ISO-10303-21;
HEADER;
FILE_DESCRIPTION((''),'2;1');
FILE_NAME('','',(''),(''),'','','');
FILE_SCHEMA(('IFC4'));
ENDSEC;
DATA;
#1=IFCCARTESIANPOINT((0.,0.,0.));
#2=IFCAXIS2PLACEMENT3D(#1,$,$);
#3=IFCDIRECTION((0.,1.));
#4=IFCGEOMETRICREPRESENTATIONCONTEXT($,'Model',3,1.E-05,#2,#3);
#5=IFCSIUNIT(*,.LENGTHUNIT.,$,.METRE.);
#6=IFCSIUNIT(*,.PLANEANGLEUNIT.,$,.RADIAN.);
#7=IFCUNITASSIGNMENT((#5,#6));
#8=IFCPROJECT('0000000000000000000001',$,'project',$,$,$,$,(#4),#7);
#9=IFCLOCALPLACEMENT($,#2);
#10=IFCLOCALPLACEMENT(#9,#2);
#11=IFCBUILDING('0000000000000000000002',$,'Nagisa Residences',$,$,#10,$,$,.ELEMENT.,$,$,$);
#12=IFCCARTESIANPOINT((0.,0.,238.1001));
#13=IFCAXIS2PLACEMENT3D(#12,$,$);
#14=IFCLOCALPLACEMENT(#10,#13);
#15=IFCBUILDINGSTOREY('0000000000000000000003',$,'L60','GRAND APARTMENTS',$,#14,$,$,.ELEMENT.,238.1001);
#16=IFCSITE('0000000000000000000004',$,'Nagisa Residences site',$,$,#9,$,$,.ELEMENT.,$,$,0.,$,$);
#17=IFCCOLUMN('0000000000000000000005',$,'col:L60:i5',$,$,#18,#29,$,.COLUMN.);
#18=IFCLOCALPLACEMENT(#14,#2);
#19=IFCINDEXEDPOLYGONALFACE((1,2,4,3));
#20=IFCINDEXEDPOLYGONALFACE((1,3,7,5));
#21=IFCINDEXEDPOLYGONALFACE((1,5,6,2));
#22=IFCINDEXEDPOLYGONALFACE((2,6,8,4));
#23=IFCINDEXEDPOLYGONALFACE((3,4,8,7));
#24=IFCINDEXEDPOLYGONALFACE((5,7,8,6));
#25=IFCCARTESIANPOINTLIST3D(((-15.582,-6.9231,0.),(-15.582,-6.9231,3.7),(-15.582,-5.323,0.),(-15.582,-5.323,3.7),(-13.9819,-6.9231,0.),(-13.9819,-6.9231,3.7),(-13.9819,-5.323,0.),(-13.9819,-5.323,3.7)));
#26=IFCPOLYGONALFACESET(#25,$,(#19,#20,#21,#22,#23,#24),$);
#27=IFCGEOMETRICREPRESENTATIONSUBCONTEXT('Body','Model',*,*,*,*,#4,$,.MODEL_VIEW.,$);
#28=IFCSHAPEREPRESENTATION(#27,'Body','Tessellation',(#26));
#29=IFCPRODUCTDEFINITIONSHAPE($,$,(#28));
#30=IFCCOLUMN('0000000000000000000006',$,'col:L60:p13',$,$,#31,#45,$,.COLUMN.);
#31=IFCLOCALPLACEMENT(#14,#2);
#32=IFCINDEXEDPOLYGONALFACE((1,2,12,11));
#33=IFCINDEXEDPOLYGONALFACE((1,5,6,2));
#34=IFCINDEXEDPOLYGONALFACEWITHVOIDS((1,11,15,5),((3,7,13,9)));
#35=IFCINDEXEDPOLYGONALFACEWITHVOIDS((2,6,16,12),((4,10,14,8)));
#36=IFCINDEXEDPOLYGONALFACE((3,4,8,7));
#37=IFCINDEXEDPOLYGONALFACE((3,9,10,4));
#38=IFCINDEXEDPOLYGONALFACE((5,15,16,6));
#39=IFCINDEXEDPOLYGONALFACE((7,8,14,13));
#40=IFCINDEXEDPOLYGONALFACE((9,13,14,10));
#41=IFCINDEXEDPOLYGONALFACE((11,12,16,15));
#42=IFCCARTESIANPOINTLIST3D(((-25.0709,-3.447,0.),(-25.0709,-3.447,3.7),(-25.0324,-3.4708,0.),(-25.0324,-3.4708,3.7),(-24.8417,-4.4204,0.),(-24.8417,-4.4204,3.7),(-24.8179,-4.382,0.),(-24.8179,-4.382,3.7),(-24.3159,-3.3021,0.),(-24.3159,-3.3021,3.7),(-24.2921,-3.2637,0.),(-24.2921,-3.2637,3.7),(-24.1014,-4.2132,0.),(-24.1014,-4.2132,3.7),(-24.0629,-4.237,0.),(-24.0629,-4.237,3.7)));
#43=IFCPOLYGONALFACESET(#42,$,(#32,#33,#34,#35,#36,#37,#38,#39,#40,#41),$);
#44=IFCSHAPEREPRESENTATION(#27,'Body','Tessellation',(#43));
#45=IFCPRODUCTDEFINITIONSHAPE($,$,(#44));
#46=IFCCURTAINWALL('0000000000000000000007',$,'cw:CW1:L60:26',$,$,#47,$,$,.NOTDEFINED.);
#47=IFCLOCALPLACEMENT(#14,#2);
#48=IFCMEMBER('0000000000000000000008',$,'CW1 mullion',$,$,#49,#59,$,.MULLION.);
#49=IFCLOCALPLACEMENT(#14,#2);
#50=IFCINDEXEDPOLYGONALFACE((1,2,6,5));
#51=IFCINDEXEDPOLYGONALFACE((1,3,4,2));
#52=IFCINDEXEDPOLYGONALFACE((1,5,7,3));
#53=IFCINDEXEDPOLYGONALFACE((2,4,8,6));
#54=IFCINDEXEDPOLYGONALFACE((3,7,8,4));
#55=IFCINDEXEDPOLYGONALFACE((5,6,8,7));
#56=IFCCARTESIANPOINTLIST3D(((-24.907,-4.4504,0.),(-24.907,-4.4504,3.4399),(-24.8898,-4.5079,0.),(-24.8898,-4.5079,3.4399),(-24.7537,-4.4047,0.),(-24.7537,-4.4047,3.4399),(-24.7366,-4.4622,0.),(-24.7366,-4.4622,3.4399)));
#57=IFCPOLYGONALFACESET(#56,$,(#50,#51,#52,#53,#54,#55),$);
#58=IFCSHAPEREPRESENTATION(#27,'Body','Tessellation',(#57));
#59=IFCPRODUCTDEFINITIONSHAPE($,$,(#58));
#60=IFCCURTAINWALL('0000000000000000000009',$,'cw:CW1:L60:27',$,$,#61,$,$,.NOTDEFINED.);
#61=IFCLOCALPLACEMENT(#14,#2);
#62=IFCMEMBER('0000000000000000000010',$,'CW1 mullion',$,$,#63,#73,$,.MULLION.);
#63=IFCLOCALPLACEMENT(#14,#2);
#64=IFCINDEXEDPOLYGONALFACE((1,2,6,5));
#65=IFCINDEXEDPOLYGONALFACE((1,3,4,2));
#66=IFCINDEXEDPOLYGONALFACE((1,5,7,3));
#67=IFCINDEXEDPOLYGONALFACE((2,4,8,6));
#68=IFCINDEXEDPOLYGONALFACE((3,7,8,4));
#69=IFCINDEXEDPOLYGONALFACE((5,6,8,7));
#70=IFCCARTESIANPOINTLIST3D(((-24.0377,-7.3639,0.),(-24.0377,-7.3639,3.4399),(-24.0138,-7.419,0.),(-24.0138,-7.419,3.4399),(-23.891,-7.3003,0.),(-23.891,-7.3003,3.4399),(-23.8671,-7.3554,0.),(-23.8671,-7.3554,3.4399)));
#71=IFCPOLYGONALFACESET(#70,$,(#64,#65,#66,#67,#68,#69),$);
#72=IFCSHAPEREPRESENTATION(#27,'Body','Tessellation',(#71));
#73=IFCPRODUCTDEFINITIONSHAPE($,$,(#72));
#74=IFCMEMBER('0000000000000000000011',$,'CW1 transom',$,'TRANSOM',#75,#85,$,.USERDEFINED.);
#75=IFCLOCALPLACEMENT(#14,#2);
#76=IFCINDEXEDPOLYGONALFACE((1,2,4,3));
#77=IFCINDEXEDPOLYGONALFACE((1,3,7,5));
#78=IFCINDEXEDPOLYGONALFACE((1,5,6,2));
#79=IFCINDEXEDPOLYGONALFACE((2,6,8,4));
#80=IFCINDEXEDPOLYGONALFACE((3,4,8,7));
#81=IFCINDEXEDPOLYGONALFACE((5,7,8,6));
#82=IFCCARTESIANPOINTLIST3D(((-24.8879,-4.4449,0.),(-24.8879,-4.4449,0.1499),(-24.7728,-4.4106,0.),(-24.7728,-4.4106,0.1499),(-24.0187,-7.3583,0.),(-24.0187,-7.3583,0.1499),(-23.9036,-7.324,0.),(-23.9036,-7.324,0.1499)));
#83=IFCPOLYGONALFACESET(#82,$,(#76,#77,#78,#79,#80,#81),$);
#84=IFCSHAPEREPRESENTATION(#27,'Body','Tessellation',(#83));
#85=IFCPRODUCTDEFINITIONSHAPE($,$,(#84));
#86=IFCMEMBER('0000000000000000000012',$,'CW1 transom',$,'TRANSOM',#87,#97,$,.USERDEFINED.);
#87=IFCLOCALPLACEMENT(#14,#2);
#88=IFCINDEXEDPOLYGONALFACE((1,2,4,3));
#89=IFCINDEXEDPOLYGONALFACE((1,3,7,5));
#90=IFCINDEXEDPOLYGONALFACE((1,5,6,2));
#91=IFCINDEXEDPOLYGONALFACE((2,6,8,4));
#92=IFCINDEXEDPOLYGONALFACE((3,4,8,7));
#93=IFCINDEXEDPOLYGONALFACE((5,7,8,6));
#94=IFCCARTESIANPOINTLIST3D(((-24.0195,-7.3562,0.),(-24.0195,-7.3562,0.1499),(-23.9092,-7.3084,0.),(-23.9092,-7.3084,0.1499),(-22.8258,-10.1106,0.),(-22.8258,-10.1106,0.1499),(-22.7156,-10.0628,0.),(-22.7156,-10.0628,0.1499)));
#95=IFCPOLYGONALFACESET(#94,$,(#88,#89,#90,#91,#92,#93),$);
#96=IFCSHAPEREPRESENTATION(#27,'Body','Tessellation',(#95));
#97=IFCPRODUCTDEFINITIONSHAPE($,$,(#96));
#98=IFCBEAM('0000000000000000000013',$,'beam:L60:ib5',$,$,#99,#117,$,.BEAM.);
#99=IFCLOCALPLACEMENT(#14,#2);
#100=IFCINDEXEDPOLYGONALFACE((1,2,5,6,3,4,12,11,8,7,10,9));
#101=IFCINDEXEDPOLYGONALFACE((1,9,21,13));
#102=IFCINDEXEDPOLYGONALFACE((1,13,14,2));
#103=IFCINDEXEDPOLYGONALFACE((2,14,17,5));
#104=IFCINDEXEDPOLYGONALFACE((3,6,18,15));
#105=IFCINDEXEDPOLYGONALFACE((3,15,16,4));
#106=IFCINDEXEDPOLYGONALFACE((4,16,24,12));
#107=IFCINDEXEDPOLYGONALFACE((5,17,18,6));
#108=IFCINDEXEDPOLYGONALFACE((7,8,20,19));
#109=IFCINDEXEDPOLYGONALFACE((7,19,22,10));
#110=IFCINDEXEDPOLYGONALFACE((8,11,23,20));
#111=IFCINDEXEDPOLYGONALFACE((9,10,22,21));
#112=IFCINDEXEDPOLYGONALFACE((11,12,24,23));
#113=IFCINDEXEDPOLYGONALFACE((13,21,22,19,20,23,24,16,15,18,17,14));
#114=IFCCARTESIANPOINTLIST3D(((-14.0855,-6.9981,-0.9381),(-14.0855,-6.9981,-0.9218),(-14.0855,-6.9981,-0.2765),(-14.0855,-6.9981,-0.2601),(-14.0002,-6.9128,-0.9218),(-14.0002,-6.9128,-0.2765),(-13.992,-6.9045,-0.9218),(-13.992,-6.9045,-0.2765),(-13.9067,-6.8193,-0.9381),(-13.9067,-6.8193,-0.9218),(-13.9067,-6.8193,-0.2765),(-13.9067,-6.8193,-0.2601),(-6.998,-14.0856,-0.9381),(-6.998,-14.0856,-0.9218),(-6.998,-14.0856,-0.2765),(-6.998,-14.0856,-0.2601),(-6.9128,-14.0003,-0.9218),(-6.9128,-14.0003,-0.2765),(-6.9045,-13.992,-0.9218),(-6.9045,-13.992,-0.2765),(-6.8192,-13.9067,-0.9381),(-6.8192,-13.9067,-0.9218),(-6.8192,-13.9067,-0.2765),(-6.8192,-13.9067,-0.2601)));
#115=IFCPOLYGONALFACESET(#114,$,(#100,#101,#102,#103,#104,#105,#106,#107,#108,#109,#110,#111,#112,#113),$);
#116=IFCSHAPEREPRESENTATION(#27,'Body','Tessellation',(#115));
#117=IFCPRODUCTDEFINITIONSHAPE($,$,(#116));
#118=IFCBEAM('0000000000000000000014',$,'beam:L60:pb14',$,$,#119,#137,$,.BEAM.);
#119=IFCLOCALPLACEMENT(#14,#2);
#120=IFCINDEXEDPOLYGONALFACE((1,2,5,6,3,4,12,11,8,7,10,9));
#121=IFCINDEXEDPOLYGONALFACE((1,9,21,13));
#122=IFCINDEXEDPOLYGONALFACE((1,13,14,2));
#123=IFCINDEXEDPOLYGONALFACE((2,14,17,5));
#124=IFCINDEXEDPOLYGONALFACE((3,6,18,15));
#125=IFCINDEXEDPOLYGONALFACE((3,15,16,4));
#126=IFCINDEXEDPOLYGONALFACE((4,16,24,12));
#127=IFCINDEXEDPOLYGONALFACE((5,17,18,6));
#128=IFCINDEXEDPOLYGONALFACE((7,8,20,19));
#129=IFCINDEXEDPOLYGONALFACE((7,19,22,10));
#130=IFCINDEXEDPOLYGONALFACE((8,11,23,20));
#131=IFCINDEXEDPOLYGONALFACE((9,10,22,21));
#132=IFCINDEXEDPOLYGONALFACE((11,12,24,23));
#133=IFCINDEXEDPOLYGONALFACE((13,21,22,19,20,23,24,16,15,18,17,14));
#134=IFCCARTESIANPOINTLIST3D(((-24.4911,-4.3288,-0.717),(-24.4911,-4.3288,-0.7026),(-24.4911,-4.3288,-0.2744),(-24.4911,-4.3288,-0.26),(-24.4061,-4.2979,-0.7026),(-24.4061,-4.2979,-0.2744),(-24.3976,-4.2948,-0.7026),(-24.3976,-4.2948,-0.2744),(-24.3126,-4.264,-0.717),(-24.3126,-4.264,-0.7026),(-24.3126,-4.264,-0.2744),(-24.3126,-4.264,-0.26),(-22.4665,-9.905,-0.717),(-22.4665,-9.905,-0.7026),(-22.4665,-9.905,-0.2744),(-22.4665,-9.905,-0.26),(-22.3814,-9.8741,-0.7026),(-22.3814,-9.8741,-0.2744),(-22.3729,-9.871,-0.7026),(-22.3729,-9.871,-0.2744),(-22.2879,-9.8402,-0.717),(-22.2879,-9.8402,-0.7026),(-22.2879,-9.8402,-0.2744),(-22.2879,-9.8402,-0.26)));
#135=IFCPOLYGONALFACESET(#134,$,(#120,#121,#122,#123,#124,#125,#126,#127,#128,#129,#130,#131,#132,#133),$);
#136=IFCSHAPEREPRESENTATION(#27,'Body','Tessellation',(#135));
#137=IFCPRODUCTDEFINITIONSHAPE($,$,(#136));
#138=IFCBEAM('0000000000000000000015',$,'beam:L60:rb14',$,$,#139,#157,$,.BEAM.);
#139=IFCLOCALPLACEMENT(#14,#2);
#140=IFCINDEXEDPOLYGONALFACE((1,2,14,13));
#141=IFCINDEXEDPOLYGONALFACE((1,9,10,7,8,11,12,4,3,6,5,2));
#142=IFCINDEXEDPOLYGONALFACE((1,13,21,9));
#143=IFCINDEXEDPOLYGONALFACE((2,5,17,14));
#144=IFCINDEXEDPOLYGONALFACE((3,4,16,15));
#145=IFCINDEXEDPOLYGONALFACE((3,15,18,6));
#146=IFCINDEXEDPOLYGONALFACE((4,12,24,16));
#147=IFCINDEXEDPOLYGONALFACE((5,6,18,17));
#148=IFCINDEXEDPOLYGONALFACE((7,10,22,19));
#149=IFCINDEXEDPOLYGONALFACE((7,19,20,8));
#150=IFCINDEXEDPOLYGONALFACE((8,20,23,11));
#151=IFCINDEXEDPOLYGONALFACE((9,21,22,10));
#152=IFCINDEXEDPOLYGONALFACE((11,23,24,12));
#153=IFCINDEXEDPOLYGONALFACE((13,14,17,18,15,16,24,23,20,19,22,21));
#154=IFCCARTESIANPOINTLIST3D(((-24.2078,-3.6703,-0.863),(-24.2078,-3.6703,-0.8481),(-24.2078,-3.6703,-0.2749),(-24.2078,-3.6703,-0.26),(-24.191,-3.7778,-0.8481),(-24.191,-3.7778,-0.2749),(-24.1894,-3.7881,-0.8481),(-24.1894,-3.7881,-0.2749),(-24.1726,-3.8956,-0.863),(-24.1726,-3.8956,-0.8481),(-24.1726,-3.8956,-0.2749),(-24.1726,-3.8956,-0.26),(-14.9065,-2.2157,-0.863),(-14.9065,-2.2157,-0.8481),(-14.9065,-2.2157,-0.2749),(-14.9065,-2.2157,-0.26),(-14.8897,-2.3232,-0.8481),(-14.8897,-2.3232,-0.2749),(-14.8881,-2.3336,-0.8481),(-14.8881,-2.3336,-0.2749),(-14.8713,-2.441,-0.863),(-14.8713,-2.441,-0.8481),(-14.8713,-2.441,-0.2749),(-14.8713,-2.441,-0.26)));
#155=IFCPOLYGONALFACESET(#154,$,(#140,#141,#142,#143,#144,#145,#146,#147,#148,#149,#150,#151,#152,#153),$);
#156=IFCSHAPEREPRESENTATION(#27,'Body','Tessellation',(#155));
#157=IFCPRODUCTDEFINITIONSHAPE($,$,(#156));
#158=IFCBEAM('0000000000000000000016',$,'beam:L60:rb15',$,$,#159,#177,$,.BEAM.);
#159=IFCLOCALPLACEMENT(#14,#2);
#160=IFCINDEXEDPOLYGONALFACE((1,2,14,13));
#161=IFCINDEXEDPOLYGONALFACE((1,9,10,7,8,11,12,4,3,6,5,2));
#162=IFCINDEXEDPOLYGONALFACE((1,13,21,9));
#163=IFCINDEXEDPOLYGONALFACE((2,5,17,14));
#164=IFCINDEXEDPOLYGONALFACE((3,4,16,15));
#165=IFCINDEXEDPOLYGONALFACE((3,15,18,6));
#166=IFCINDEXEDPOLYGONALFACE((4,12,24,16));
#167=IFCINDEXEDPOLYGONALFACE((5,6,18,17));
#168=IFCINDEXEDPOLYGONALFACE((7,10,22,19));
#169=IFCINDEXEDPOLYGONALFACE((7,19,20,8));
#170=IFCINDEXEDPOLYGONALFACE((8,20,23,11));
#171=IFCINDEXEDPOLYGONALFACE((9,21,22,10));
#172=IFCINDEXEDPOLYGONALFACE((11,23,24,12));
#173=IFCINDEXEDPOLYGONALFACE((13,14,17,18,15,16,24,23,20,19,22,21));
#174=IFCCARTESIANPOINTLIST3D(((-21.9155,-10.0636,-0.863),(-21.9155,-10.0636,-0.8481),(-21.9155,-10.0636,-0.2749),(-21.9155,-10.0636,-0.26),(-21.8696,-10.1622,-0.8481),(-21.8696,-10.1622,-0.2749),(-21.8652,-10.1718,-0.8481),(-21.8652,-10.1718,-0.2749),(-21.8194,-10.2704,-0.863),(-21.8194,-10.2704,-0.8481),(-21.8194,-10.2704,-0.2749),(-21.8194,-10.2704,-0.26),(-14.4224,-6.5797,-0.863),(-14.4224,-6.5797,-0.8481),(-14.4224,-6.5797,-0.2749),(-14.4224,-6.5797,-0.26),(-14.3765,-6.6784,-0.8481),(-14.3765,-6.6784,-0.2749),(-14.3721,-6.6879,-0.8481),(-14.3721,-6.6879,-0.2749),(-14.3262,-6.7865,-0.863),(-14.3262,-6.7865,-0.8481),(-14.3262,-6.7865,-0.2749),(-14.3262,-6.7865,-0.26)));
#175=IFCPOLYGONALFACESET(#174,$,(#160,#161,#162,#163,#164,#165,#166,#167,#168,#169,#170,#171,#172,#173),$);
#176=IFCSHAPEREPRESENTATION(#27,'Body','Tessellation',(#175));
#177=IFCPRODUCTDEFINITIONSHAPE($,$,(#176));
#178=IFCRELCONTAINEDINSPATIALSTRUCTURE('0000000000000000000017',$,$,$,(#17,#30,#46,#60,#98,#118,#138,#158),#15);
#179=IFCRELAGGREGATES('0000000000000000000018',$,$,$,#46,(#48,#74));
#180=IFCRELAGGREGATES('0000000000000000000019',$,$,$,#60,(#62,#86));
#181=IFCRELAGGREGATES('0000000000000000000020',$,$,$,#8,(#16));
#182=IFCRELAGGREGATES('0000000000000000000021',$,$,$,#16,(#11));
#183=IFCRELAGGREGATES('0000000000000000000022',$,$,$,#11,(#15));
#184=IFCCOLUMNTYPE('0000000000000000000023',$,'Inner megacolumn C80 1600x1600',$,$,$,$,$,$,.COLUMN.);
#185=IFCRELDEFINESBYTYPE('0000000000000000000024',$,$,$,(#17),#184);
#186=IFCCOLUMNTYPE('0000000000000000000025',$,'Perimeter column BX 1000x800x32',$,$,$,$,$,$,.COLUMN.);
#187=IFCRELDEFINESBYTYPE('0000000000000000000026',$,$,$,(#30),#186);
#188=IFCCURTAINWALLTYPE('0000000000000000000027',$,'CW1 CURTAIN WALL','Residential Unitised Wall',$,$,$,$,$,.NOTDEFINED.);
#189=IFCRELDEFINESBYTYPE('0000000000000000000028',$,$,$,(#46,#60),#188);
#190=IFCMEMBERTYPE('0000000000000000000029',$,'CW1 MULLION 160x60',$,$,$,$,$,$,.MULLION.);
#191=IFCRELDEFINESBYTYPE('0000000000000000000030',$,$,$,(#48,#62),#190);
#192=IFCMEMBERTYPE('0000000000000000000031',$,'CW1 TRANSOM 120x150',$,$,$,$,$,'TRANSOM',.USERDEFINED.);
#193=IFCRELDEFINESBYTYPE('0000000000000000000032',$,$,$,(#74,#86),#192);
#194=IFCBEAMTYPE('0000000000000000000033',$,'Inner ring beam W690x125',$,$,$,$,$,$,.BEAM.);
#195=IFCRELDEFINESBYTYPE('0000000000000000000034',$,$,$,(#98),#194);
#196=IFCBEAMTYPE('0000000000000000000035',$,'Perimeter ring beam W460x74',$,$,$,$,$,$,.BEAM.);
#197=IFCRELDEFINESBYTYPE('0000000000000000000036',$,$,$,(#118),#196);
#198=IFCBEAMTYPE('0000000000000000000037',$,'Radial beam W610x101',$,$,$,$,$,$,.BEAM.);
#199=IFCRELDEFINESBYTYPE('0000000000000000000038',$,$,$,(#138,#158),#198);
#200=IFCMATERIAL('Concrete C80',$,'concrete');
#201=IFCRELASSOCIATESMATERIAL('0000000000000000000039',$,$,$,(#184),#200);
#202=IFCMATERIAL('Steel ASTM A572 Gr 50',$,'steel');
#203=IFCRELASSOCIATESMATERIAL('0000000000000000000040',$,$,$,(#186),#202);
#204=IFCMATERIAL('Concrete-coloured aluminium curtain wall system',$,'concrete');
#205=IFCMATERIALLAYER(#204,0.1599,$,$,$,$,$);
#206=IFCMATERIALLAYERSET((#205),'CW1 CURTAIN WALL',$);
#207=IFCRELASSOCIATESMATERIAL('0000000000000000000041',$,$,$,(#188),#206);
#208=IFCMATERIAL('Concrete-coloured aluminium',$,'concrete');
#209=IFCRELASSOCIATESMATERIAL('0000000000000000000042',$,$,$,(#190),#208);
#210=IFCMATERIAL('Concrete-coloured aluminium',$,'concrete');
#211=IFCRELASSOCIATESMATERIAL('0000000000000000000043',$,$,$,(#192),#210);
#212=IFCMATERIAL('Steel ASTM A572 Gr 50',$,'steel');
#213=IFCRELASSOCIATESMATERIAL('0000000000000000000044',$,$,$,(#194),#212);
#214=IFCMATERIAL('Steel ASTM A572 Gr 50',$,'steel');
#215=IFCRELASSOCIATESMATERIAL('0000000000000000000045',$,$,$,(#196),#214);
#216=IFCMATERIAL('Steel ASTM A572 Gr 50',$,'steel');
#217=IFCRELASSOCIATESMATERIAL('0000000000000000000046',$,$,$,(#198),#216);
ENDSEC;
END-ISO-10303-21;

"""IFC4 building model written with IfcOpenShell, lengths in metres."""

from ifc_helpers import new_model, si_unit, direction, frame, origin, origin_2d, place, context, subcontext, project, spatial, rectangle, hollow_rectangle, i_section, extrude, material, layer, layer_set, material_profile, profile_set, type_object, element, aggregate, save


model = new_model("IFC4")

# Units and contexts
model_context = context("Model", 3, precision=1e-05, world=origin(), true_north=direction((0.0, 1.0)))
body_context = subcontext(model_context, "Body", "Model", "MODEL_VIEW")
ifc_project = project(units=[si_unit("LENGTHUNIT", "METRE"), si_unit("PLANEANGLEUNIT", "RADIAN")], contexts=[model_context])

# Site, building, storey
site_placement = place(None, origin())
site = spatial("IfcSite", under=ifc_project, at=site_placement, Name="Nagisa Residences site", CompositionType="ELEMENT", RefElevation=0.0)
building_placement = place(site_placement, origin())
building = spatial("IfcBuilding", under=site, at=building_placement, Name="Nagisa Residences", CompositionType="ELEMENT")
storey_placement = place(building_placement, frame((0.0, 0.0, 238.1001)))
storey = spatial("IfcBuildingStorey", under=building, at=storey_placement, Name="L60", Description="GRAND APARTMENTS", CompositionType="ELEMENT", Elevation=238.1001)

# Columns
ifc_material_1 = material(Name="Concrete C80", Category="concrete")
ifc_material_profile_1 = material_profile(ifc_material_1, rectangle(XDim=1.6001, YDim=1.6001, at=origin_2d()), Name="C80 1600x1600")
ifc_profile_set_1 = profile_set([ifc_material_profile_1], Name="Concrete C80")
column_type_1 = type_object("IfcColumnType", Name="Inner megacolumn C80 1600x1600", PredefinedType="COLUMN", material=ifc_profile_set_1)
column_1_placement = place(storey_placement, frame((-14.782, -6.123, 0.0), z_axis=(0.0, 0.0, 1.0), x_axis=(1.0, 0.0, 0.0)))
element("IfcColumn", 1, at=column_1_placement, inside=storey, type_object=column_type_1, Name="col:L60:i5", PredefinedType="COLUMN", context=body_context, shape_type="SweptSolid", body=[
    extrude(rectangle(XDim=1.6001, YDim=1.6001, at=origin_2d()), origin(), (0.0, 0.0, 1.0), 3.7),
])
ifc_material_2 = material(Name="Steel ASTM A572 Gr 50", Category="steel")
ifc_material_profile_2 = material_profile(ifc_material_2, hollow_rectangle(XDim=1.0, YDim=0.8, WallThickness=0.032, at=origin_2d()), Name="BX 1000x800x32")
ifc_profile_set_2 = profile_set([ifc_material_profile_2], Name="Steel ASTM A572 Gr 50")
column_type_2 = type_object("IfcColumnType", Name="Perimeter column BX 1000x800x32", PredefinedType="COLUMN", material=ifc_profile_set_2)
column_2_placement = place(storey_placement, frame((-24.5669, -3.842, 0.0), z_axis=(0.0, 0.0, 1.0), x_axis=(0.229202, -0.973379, 0.0)))
element("IfcColumn", 2, at=column_2_placement, inside=storey, type_object=column_type_2, Name="col:L60:p13", PredefinedType="COLUMN", context=body_context, shape_type="SweptSolid", body=[
    extrude(hollow_rectangle(XDim=1.0, YDim=0.8, WallThickness=0.032, at=origin_2d()), origin(), (0.0, 0.0, 1.0), 3.7),
])

# Curtain walls, members
ifc_material_3 = material(Name="Concrete-coloured aluminium curtain wall system", Category="concrete")
ifc_layer_1 = layer(ifc_material_3, 0.1599)
ifc_layer_set_1 = layer_set([ifc_layer_1], Name="CW1 CURTAIN WALL")
curtain_wall_type = type_object("IfcCurtainWallType", Name="CW1 CURTAIN WALL", Description="Residential Unitised Wall", PredefinedType="NOTDEFINED", material=ifc_layer_set_1)
curtain_wall_1_placement = place(storey_placement, origin())
curtain_wall_1 = element("IfcCurtainWall", 3, at=curtain_wall_1_placement, inside=storey, type_object=curtain_wall_type, Name="cw:CW1:L60:26", PredefinedType="NOTDEFINED")
ifc_material_4 = material(Name="Concrete-coloured aluminium", Category="concrete")
ifc_material_profile_3 = material_profile(ifc_material_4, rectangle(XDim=0.1599, YDim=0.0601, at=origin_2d()), Name="CW1 MULLION 160x60")
ifc_profile_set_3 = profile_set([ifc_material_profile_3], Name="Concrete-coloured aluminium")
member_type_1 = type_object("IfcMemberType", Name="CW1 MULLION 160x60", PredefinedType="MULLION", material=ifc_profile_set_3)
member_1_placement = place(storey_placement, frame((-24.8218, -4.4563, 0.0), z_axis=(0.0, 0.0, 1.0), x_axis=(0.958271, 0.28586, 0.0)))
member_1 = element("IfcMember", 4, at=member_1_placement, type_object=member_type_1, Name="CW1 mullion", PredefinedType="MULLION", context=body_context, shape_type="SweptSolid", body=[
    extrude(rectangle(XDim=0.1599, YDim=0.0601, at=origin_2d()), origin(), (0.0, 0.0, 1.0), 3.4399),
])
curtain_wall_2_placement = place(storey_placement, origin())
curtain_wall_2 = element("IfcCurtainWall", 5, at=curtain_wall_2_placement, inside=storey, type_object=curtain_wall_type, Name="cw:CW1:L60:27", PredefinedType="NOTDEFINED")
member_2_placement = place(storey_placement, frame((-23.9524, -7.3596, 0.0), z_axis=(0.0, 0.0, 1.0), x_axis=(0.917543, 0.397636, 0.0)))
member_2 = element("IfcMember", 6, at=member_2_placement, type_object=member_type_1, Name="CW1 mullion", PredefinedType="MULLION", context=body_context, shape_type="SweptSolid", body=[
    extrude(rectangle(XDim=0.1599, YDim=0.0601, at=origin_2d()), origin(), (0.0, 0.0, 1.0), 3.4399),
])

# Members
ifc_material_5 = material(Name="Concrete-coloured aluminium", Category="concrete")
ifc_material_profile_4 = material_profile(ifc_material_5, rectangle(XDim=0.1201, YDim=0.1499, at=origin_2d()), Name="CW1 TRANSOM 120x150")
ifc_profile_set_4 = profile_set([ifc_material_profile_4], Name="Concrete-coloured aluminium")
member_type_2 = type_object("IfcMemberType", Name="CW1 TRANSOM 120x150", ElementType="TRANSOM", PredefinedType="USERDEFINED", material=ifc_profile_set_4)
member_3_placement = place(storey_placement, frame((-24.8303, -4.4277, 0.075), z_axis=(0.285881, -0.958265, 0.0), x_axis=(0.958265, 0.285881, 0.0)))
member_3 = element("IfcMember", 7, at=member_3_placement, type_object=member_type_2, Name="CW1 transom", ObjectType="TRANSOM", PredefinedType="USERDEFINED", context=body_context, shape_type="SweptSolid", body=[
    extrude(rectangle(XDim=0.1201, YDim=0.1499, at=origin_2d()), origin(), (0.0, 0.0, 1.0), 3.0403),
])
member_4_placement = place(storey_placement, frame((-23.9644, -7.3323, 0.075), z_axis=(0.397617, -0.917552, 0.0), x_axis=(0.917552, 0.397617, 0.0)))
member_4 = element("IfcMember", 8, at=member_4_placement, type_object=member_type_2, Name="CW1 transom", ObjectType="TRANSOM", PredefinedType="USERDEFINED", context=body_context, shape_type="SweptSolid", body=[
    extrude(rectangle(XDim=0.1201, YDim=0.1499, at=origin_2d()), origin(), (0.0, 0.0, 1.0), 3.002),
])

# Beams
ifc_material_6 = material(Name="Steel ASTM A572 Gr 50", Category="steel")
ifc_material_profile_5 = material_profile(ifc_material_6, i_section(OverallWidth=0.2529, OverallDepth=0.678, WebThickness=0.0117, FlangeThickness=0.0164, at=origin_2d()), Name="W690x125")
ifc_profile_set_5 = profile_set([ifc_material_profile_5], Name="Steel ASTM A572 Gr 50")
beam_type_1 = type_object("IfcBeamType", Name="Inner ring beam W690x125", PredefinedType="BEAM", material=ifc_profile_set_5)
beam_1_placement = place(storey_placement, frame((-13.9961, -6.9087, -0.5991), z_axis=(0.707107, -0.707107, 0.0), x_axis=(0.707107, 0.707107, 0.0)))
element("IfcBeam", 9, at=beam_1_placement, inside=storey, type_object=beam_type_1, Name="beam:L60:ib5", PredefinedType="BEAM", context=body_context, shape_type="SweptSolid", body=[
    extrude(i_section(OverallWidth=0.2529, OverallDepth=0.678, WebThickness=0.0117, FlangeThickness=0.0164, at=origin_2d()), origin(), (0.0, 0.0, 1.0), 10.0232),
])
ifc_material_7 = material(Name="Steel ASTM A572 Gr 50", Category="steel")
ifc_material_profile_6 = material_profile(ifc_material_7, i_section(OverallWidth=0.1899, OverallDepth=0.457, WebThickness=0.009, FlangeThickness=0.0144, at=origin_2d()), Name="W460x74")
ifc_profile_set_6 = profile_set([ifc_material_profile_6], Name="Steel ASTM A572 Gr 50")
beam_type_2 = type_object("IfcBeamType", Name="Perimeter ring beam W460x74", PredefinedType="BEAM", material=ifc_profile_set_6)
beam_2_placement = place(storey_placement, frame((-24.4019, -4.2964, -0.4885), z_axis=(0.34129, -0.939958, 0.0), x_axis=(0.939958, 0.34129, 0.0)))
element("IfcBeam", 10, at=beam_2_placement, inside=storey, type_object=beam_type_2, Name="beam:L60:pb14", PredefinedType="BEAM", context=body_context, shape_type="SweptSolid", body=[
    extrude(i_section(OverallWidth=0.1899, OverallDepth=0.457, WebThickness=0.009, FlangeThickness=0.0144, at=origin_2d()), origin(), (0.0, 0.0, 1.0), 5.9324),
])
ifc_material_8 = material(Name="Steel ASTM A572 Gr 50", Category="steel")
ifc_material_profile_7 = material_profile(ifc_material_8, i_section(OverallWidth=0.228, OverallDepth=0.603, WebThickness=0.0105, FlangeThickness=0.0149, at=origin_2d()), Name="W610x101")
ifc_profile_set_7 = profile_set([ifc_material_profile_7], Name="Steel ASTM A572 Gr 50")
beam_type_3 = type_object("IfcBeamType", Name="Radial beam W610x101", PredefinedType="BEAM", material=ifc_profile_set_7)
beam_3_placement = place(storey_placement, frame((-24.1902, -3.783, -0.5615), z_axis=(0.987992, 0.154508, 0.0), x_axis=(-0.154508, 0.987992, 0.0)))
element("IfcBeam", 11, at=beam_3_placement, inside=storey, type_object=beam_type_3, Name="beam:L60:rb14", PredefinedType="BEAM", context=body_context, shape_type="SweptSolid", body=[
    extrude(i_section(OverallWidth=0.228, OverallDepth=0.603, WebThickness=0.0105, FlangeThickness=0.0149, at=origin_2d()), origin(), (0.0, 0.0, 1.0), 9.4143),
])
beam_4_placement = place(storey_placement, frame((-21.8674, -10.167, -0.5615), z_axis=(0.906782, 0.421601, 0.0), x_axis=(-0.421601, 0.906782, 0.0)))
element("IfcBeam", 12, at=beam_4_placement, inside=storey, type_object=beam_type_3, Name="beam:L60:rb15", PredefinedType="BEAM", context=body_context, shape_type="SweptSolid", body=[
    extrude(i_section(OverallWidth=0.228, OverallDepth=0.603, WebThickness=0.0105, FlangeThickness=0.0149, at=origin_2d()), origin(), (0.0, 0.0, 1.0), 8.2634),
])

aggregate(curtain_wall_1, [member_1, member_3])
aggregate(curtain_wall_2, [member_2, member_4])

save(model, "model.ifc")
